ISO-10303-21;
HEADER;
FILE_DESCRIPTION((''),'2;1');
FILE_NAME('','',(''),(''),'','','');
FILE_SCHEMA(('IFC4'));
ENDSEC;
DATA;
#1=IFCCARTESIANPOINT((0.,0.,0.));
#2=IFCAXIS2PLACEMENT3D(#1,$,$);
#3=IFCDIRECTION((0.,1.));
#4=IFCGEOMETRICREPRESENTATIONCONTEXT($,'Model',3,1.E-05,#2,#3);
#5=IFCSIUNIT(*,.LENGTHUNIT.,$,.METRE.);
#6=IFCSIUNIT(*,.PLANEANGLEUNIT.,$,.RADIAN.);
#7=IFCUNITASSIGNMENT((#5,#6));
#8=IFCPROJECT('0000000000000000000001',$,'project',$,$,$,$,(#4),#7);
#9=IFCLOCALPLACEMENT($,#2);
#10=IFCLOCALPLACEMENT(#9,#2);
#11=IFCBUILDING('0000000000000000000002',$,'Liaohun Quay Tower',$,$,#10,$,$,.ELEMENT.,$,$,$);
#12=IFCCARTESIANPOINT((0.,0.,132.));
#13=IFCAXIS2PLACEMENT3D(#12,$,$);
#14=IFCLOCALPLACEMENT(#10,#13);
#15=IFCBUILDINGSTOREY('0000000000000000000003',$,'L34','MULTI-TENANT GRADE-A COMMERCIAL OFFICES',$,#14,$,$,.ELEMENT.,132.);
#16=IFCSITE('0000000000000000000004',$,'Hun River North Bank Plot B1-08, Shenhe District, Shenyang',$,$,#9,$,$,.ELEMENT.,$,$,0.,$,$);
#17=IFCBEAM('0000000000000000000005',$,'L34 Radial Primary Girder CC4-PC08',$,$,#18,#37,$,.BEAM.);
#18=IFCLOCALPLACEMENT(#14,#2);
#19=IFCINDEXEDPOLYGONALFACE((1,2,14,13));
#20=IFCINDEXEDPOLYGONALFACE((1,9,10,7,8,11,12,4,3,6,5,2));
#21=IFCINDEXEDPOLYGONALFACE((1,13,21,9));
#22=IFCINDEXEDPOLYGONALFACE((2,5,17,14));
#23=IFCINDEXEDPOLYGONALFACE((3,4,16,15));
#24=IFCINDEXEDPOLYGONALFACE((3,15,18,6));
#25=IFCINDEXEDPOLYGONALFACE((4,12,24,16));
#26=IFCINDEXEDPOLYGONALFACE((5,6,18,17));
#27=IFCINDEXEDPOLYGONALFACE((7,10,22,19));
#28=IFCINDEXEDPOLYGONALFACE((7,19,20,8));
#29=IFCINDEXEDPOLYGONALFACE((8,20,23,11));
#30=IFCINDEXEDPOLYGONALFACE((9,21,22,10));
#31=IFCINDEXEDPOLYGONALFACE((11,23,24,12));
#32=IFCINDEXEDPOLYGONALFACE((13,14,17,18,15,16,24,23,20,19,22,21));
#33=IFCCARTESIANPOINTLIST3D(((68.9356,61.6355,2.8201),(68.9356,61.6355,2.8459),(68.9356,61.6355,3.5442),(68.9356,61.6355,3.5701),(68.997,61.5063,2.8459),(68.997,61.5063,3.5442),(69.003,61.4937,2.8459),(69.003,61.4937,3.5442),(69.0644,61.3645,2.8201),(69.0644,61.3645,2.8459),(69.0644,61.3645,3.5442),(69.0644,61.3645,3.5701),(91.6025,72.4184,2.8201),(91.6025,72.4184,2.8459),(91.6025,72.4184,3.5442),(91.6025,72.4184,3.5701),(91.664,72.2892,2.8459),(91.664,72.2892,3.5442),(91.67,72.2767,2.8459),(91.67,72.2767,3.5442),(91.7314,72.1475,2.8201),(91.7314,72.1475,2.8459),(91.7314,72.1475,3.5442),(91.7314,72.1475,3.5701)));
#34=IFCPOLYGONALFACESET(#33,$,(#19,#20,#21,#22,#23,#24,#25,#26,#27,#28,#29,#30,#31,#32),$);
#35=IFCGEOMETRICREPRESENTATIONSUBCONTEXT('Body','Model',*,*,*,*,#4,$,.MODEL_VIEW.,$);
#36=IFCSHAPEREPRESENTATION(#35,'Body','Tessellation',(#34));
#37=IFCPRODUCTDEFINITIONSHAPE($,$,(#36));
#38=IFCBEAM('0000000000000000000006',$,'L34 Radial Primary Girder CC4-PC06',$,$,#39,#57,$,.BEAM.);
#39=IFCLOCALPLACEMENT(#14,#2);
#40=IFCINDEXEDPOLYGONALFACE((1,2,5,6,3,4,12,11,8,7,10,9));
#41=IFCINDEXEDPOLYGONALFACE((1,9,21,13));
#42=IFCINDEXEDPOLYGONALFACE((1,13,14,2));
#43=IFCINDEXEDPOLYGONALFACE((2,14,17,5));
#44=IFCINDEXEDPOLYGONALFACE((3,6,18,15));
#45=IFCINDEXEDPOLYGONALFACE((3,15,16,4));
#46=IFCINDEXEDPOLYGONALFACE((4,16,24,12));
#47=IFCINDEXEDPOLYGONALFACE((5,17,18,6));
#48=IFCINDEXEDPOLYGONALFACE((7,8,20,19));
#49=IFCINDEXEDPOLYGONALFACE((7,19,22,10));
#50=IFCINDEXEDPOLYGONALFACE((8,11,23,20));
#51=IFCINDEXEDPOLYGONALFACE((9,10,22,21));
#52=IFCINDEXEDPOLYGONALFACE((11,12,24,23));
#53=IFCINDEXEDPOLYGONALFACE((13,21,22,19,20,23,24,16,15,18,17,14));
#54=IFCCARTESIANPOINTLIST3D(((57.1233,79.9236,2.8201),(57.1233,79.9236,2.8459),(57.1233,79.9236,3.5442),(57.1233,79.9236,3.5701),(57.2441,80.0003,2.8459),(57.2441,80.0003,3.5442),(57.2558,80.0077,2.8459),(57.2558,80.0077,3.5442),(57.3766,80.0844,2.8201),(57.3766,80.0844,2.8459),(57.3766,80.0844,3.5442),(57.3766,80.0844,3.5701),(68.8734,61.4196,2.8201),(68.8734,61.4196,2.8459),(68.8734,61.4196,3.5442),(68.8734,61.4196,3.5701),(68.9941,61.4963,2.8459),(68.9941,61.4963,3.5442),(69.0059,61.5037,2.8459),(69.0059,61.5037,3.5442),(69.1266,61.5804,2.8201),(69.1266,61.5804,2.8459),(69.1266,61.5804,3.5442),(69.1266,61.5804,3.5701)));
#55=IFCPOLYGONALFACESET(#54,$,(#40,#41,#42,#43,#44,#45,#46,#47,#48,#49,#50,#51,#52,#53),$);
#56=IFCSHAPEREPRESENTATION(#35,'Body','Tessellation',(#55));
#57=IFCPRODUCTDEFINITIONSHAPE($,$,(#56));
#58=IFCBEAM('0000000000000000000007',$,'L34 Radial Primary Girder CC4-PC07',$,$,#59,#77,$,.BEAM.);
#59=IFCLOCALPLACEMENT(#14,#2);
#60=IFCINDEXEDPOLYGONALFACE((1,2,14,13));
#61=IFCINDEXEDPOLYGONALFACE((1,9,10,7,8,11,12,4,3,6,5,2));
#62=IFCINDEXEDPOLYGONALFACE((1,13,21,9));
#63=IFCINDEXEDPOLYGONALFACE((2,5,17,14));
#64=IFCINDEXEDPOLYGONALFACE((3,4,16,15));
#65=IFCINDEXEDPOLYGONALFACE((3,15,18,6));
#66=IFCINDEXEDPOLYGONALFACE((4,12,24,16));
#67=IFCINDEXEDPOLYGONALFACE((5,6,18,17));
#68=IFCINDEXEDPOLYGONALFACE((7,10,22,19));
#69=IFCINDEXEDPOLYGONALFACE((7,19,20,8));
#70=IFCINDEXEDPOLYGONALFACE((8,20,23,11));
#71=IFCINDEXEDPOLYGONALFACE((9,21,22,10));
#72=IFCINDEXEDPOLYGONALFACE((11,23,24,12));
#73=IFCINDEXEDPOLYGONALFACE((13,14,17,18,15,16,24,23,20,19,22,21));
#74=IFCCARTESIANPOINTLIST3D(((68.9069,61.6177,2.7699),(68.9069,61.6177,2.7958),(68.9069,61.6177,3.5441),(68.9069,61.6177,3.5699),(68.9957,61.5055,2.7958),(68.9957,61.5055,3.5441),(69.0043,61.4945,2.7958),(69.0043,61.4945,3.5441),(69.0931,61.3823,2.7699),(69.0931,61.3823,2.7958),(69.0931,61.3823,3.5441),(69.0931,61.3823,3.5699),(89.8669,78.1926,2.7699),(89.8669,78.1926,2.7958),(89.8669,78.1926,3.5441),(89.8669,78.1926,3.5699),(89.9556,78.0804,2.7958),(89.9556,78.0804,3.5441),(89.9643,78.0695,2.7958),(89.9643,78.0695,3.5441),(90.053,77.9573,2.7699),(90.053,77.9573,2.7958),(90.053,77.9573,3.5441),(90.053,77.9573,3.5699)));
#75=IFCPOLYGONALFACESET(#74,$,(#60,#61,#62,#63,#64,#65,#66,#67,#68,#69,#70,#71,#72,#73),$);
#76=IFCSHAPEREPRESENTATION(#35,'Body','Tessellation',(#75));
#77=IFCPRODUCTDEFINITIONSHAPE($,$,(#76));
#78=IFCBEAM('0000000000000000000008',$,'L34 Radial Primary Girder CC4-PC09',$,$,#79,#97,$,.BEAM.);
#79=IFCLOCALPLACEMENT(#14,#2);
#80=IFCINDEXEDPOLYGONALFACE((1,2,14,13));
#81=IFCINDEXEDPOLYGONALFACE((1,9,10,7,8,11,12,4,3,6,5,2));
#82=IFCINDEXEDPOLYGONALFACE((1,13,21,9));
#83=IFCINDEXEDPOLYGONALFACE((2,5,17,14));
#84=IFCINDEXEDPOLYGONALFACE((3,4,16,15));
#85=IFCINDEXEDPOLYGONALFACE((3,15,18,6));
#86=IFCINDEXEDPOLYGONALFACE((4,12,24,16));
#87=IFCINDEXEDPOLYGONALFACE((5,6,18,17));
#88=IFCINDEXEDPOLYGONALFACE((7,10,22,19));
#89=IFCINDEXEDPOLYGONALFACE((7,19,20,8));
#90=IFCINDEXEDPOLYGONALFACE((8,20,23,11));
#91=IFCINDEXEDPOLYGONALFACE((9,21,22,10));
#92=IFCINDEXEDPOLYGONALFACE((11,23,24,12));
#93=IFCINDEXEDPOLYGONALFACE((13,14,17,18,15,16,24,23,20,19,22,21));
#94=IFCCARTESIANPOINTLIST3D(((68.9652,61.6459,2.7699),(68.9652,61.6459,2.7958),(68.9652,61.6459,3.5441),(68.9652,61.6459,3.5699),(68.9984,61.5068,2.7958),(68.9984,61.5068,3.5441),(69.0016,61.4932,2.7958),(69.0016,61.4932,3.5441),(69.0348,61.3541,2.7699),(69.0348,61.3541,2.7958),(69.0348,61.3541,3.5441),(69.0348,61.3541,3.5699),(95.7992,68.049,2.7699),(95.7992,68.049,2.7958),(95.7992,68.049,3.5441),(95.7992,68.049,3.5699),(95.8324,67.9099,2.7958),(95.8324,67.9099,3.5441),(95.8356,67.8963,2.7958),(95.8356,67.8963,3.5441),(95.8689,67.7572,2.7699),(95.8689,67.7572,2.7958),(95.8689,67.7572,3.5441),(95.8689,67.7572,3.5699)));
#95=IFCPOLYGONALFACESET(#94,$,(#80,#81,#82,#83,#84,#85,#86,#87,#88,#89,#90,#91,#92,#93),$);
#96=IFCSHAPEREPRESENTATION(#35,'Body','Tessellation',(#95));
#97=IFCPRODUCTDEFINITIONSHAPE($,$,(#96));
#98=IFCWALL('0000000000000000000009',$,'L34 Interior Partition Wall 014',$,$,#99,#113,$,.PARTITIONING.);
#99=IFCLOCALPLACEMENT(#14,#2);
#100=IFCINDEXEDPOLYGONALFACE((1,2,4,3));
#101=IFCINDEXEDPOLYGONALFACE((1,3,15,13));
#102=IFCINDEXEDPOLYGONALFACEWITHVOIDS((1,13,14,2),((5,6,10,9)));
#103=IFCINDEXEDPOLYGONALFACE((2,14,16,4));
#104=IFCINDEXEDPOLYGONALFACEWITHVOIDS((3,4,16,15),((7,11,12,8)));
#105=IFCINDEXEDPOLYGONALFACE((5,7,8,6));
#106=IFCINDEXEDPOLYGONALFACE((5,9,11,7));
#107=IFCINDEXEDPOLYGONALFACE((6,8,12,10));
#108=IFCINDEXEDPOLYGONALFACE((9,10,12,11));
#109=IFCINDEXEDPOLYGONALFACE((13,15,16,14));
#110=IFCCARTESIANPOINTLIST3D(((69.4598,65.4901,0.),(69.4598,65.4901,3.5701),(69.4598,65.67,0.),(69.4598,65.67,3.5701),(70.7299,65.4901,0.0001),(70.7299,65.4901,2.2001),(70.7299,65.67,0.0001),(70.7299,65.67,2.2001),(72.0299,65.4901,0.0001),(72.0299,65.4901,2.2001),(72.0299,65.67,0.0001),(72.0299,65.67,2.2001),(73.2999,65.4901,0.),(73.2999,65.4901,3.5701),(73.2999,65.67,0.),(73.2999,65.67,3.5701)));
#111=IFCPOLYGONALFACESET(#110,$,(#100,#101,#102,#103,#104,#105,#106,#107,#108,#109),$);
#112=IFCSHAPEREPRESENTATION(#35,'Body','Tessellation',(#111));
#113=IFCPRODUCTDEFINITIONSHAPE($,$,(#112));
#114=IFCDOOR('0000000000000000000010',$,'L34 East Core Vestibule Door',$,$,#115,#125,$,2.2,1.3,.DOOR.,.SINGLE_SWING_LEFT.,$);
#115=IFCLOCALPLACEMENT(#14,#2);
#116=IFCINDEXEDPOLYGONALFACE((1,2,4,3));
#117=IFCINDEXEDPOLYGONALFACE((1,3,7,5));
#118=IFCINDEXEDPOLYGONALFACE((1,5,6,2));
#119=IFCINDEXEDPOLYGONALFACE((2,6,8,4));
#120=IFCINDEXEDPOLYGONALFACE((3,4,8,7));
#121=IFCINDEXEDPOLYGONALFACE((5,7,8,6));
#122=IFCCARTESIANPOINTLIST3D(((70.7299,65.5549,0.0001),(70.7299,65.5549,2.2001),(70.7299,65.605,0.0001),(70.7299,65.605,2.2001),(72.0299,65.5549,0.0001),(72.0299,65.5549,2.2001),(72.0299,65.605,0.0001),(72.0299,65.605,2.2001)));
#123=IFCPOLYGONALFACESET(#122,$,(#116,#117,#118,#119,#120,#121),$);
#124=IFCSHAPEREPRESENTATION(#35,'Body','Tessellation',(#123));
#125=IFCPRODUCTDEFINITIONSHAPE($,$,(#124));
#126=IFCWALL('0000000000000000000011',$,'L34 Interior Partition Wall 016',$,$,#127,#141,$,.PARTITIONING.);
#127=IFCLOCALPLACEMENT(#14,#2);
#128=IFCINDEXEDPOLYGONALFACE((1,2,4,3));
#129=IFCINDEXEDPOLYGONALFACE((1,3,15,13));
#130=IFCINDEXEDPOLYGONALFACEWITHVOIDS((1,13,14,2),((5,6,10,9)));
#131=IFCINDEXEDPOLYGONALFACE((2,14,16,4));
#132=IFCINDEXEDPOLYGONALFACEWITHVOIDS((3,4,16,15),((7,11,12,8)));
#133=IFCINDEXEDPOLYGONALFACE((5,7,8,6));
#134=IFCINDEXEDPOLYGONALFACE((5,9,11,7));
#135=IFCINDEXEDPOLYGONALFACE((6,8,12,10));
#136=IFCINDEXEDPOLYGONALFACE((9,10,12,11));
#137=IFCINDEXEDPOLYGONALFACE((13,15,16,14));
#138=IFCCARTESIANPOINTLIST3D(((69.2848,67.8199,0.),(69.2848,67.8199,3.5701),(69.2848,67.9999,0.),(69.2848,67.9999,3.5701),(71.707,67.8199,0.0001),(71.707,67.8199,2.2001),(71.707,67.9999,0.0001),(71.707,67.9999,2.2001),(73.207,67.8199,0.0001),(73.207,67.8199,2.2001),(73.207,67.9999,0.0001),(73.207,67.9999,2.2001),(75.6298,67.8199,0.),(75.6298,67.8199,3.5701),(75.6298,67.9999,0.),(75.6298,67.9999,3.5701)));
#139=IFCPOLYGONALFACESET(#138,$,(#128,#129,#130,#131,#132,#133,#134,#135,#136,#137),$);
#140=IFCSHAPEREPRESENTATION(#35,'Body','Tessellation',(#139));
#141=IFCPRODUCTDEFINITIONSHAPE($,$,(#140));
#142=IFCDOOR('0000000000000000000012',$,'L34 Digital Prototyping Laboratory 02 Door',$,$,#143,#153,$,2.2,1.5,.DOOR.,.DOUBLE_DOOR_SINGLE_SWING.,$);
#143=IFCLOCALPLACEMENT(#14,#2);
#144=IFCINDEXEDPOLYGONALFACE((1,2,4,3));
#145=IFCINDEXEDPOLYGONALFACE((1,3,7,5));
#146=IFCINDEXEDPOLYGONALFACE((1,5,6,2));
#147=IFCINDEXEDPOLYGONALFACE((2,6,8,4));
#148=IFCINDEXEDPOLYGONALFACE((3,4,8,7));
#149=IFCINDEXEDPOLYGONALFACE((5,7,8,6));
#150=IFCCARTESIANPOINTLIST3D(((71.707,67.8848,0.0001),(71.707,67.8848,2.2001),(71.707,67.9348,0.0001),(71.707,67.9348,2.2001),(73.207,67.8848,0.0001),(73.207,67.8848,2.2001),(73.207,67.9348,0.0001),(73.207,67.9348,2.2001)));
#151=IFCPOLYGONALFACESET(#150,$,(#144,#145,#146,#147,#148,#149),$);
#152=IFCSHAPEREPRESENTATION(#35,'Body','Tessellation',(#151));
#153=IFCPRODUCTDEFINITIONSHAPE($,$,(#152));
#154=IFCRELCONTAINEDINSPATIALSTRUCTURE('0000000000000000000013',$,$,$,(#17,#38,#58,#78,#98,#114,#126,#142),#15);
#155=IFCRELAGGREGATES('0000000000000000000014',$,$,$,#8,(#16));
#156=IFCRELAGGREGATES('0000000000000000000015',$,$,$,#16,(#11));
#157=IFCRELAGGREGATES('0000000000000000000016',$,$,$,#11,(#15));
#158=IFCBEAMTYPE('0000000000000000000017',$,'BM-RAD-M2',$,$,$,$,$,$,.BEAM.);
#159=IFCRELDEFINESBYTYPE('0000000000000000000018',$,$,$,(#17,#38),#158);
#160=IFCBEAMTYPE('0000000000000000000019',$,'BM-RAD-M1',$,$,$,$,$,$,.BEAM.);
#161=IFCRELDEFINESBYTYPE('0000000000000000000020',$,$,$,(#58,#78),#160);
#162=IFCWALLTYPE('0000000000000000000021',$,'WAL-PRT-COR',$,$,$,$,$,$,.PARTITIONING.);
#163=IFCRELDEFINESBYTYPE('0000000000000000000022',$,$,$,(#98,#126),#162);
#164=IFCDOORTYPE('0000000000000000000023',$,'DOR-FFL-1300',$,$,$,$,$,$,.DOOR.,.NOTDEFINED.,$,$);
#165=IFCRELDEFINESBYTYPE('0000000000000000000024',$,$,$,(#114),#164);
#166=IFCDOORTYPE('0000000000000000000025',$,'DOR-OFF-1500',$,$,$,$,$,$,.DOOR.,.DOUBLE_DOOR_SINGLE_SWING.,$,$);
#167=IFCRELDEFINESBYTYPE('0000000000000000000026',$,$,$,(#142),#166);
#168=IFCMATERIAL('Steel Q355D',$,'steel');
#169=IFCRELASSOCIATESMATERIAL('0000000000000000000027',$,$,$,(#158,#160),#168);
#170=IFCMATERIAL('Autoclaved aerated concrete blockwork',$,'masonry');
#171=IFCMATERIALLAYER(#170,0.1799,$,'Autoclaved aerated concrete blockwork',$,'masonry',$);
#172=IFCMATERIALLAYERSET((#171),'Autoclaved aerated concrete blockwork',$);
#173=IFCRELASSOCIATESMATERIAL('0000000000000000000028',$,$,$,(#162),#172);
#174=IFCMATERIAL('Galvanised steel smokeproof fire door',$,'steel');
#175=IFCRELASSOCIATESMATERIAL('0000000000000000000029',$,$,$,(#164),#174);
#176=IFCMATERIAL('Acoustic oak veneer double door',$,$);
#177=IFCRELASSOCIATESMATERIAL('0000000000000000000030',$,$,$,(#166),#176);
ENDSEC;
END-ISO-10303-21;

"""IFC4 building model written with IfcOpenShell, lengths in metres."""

from ifc_helpers import new_model, si_unit, direction, frame, frame_2d, origin, origin_2d, place, context, subcontext, project, spatial, rectangle, i_section, extrude, source, transform, mapped, material, layer, layer_set, material_profile, profile_set, type_object, element, fill, save


model = new_model("IFC4")

# Units and contexts
model_context = context("Model", 3, precision=1e-05, world=origin(), true_north=direction((0.0, 1.0)))
body_context = subcontext(model_context, "Body", "Model", "MODEL_VIEW")
ifc_project = project(units=[si_unit("LENGTHUNIT", "METRE"), si_unit("PLANEANGLEUNIT", "RADIAN")], contexts=[model_context])

# Site, building, storey
site_placement = place(None, origin())
site = spatial("IfcSite", under=ifc_project, at=site_placement, Name="Hun River North Bank Plot B1-08, Shenhe District, Shenyang", CompositionType="ELEMENT", RefElevation=0.0)
building_placement = place(site_placement, origin())
building = spatial("IfcBuilding", under=site, at=building_placement, Name="Liaohun Quay Tower", CompositionType="ELEMENT")
storey_placement = place(building_placement, frame((0.0, 0.0, 132.0)))
storey = spatial("IfcBuildingStorey", under=building, at=storey_placement, Name="L34", Description="MULTI-TENANT GRADE-A COMMERCIAL OFFICES", CompositionType="ELEMENT", Elevation=132.0)

# Beams
ifc_material_1 = material(Name="Steel Q355D", Category="steel")
ifc_material_profile_1 = material_profile(ifc_material_1, i_section(OverallWidth=0.3, OverallDepth=0.75, WebThickness=0.0139, FlangeThickness=0.0259, at=origin_2d()), Name="HN750x300x14x26")
ifc_profile_set_1 = profile_set([ifc_material_profile_1], Name="Steel Q355D")
beam_type_1 = type_object("IfcBeamType", Name="BM-RAD-M2", PredefinedType="BEAM", material=ifc_profile_set_1)
shared_shape_1 = source(origin(), body_context, "Body", "SweptSolid", [
    extrude(i_section(OverallWidth=0.3, OverallDepth=0.75, WebThickness=0.0139, FlangeThickness=0.0259, at=origin_2d()), origin(), (0.0, 0.0, 1.0), 25.1011),
])
beam_1_placement = place(storey_placement, frame((69.0, 61.5, 3.1951), z_axis=(0.903028, 0.429581, 0.0), x_axis=(-0.429581, 0.903028, 0.0)))
element("IfcBeam", 1, at=beam_1_placement, inside=storey, type_object=beam_type_1, Name="L34 Radial Primary Girder CC4-PC08", PredefinedType="BEAM", context=body_context, shape_type="MappedRepresentation", body=[
    mapped(shared_shape_1, transform((0.0, 0.0, 0.0), x_axis=(1.0, 0.0, 0.0), y_axis=(0.0, 1.0, 0.0), z_axis=(0.0, 0.0, 1.0), scale=1.0)),
])
shared_shape_2 = source(origin(), body_context, "Body", "SweptSolid", [
    extrude(i_section(OverallWidth=0.3, OverallDepth=0.75, WebThickness=0.0139, FlangeThickness=0.0259, at=origin_2d()), origin(), (0.0, 0.0, 1.0), 21.9194),
])
beam_2_placement = place(storey_placement, frame((69.0, 61.5, 3.1951), z_axis=(-0.536057, 0.844182, 0.0), x_axis=(-0.844182, -0.536057, 0.0)))
element("IfcBeam", 2, at=beam_2_placement, inside=storey, type_object=beam_type_1, Name="L34 Radial Primary Girder CC4-PC06", PredefinedType="BEAM", context=body_context, shape_type="MappedRepresentation", body=[
    mapped(shared_shape_2, transform((0.0, 0.0, 0.0), x_axis=(1.0, 0.0, 0.0), y_axis=(0.0, 1.0, 0.0), z_axis=(0.0, 0.0, 1.0), scale=1.0)),
])
ifc_material_profile_2 = material_profile(ifc_material_1, i_section(OverallWidth=0.3, OverallDepth=0.8, WebThickness=0.0139, FlangeThickness=0.0259, at=origin_2d()), Name="HN800x300x14x26")
ifc_profile_set_2 = profile_set([ifc_material_profile_2], Name="Steel Q355D")
beam_type_2 = type_object("IfcBeamType", Name="BM-RAD-M1", PredefinedType="BEAM", material=ifc_profile_set_2)
shared_shape_3 = source(origin(), body_context, "Body", "SweptSolid", [
    extrude(i_section(OverallWidth=0.3, OverallDepth=0.8, WebThickness=0.0139, FlangeThickness=0.0259, at=origin_2d()), origin(), (0.0, 0.0, 1.0), 26.7217),
])
beam_3_placement = place(storey_placement, frame((69.0, 61.5, 3.1699), z_axis=(0.78438, 0.620281, 0.0), x_axis=(-0.620281, 0.78438, 0.0)))
element("IfcBeam", 3, at=beam_3_placement, inside=storey, type_object=beam_type_2, Name="L34 Radial Primary Girder CC4-PC07", PredefinedType="BEAM", context=body_context, shape_type="MappedRepresentation", body=[
    mapped(shared_shape_3, transform((0.0, 0.0, 0.0), x_axis=(1.0, 0.0, 0.0), y_axis=(0.0, 1.0, 0.0), z_axis=(0.0, 0.0, 1.0), scale=1.0)),
])
shared_shape_4 = source(origin(), body_context, "Body", "SweptSolid", [
    extrude(i_section(OverallWidth=0.3, OverallDepth=0.8, WebThickness=0.0139, FlangeThickness=0.0259, at=origin_2d()), origin(), (0.0, 0.0, 1.0), 27.5874),
])
beam_4_placement = place(storey_placement, frame((69.0, 61.5, 3.1699), z_axis=(0.972691, 0.232102, 0.0), x_axis=(-0.232102, 0.972691, 0.0)))
element("IfcBeam", 4, at=beam_4_placement, inside=storey, type_object=beam_type_2, Name="L34 Radial Primary Girder CC4-PC09", PredefinedType="BEAM", context=body_context, shape_type="MappedRepresentation", body=[
    mapped(shared_shape_4, transform((0.0, 0.0, 0.0), x_axis=(1.0, 0.0, 0.0), y_axis=(0.0, 1.0, 0.0), z_axis=(0.0, 0.0, 1.0), scale=1.0)),
])

# Walls, openings, doors
ifc_material_2 = material(Name="Autoclaved aerated concrete blockwork", Category="masonry")
ifc_layer_1 = layer(ifc_material_2, 0.1799, Name="Autoclaved aerated concrete blockwork", Category="masonry")
ifc_layer_set_1 = layer_set([ifc_layer_1], Name="Autoclaved aerated concrete blockwork")
wall_type_1 = type_object("IfcWallType", Name="WAL-PRT-COR", PredefinedType="PARTITIONING", material=ifc_layer_set_1)
wall_1_placement = place(storey_placement, frame((69.46, 65.5801, 0.0), z_axis=(0.0, 0.0, 1.0), x_axis=(1.0, 0.0, 0.0)))
wall_1 = element("IfcWall", 5, at=wall_1_placement, inside=storey, type_object=wall_type_1, Name="L34 Interior Partition Wall 014", PredefinedType="PARTITIONING", context=body_context, shape_type="SweptSolid", body=[
    extrude(rectangle(XDim=3.8401, YDim=0.1799, at=frame_2d((1.9199, 0.0))), origin(), (0.0, 0.0, 1.0), 3.5701),
])
shared_shape_5 = source(origin(), body_context, "Body", "SweptSolid", [
    extrude(rectangle(XDim=1.3, YDim=2.2, at=frame_2d((0.6499, 1.1001))), frame((0.0, 0.0999, 0.0), z_axis=(0.0, -1.0, 0.0), x_axis=(1.0, 0.0, 0.0)), (0.0, 0.0, 1.0), 0.2),
])
opening_1_placement = place(wall_1_placement, frame((1.27, 0.0, 0.0)))
opening_1 = element("IfcOpeningElement", 6, at=opening_1_placement, cuts=wall_1, PredefinedType="OPENING", context=body_context, shape_type="MappedRepresentation", body=[
    mapped(shared_shape_5, transform((0.0, 0.0, 0.0), x_axis=(1.0, 0.0, 0.0), y_axis=(0.0, 1.0, 0.0), z_axis=(0.0, 0.0, 1.0), scale=1.0)),
])
ifc_material_3 = material(Name="Galvanised steel smokeproof fire door", Category="steel")
door_type_1 = type_object("IfcDoorType", Name="DOR-FFL-1300", OperationType="NOTDEFINED", PredefinedType="DOOR", material=ifc_material_3)
shared_shape_6 = source(origin(), body_context, "Body", "SweptSolid", [
    extrude(rectangle(XDim=1.3, YDim=2.2, at=frame_2d((0.6499, 1.1001))), frame((0.0, 0.0249, 0.0), z_axis=(0.0, -1.0, 0.0), x_axis=(1.0, 0.0, 0.0)), (0.0, 0.0, 1.0), 0.05),
])
door_1_placement = place(opening_1_placement, origin())
door_1 = element("IfcDoor", 7, at=door_1_placement, inside=storey, type_object=door_type_1, Name="L34 East Core Vestibule Door", OperationType="SINGLE_SWING_LEFT", OverallHeight=2.2, OverallWidth=1.3, PredefinedType="DOOR", context=body_context, shape_type="MappedRepresentation", body=[
    mapped(shared_shape_6, transform((0.0, 0.0, 0.0), x_axis=(1.0, 0.0, 0.0), y_axis=(0.0, 1.0, 0.0), z_axis=(0.0, 0.0, 1.0), scale=1.0)),
])
fill(opening_1, door_1)
wall_2_placement = place(storey_placement, frame((69.2849, 67.9099, 0.0), z_axis=(0.0, 0.0, 1.0), x_axis=(1.0, 0.0, 0.0)))
wall_2 = element("IfcWall", 8, at=wall_2_placement, inside=storey, type_object=wall_type_1, Name="L34 Interior Partition Wall 016", PredefinedType="PARTITIONING", context=body_context, shape_type="SweptSolid", body=[
    extrude(rectangle(XDim=6.345, YDim=0.1799, at=frame_2d((3.1724, 0.0))), origin(), (0.0, 0.0, 1.0), 3.5701),
])
shared_shape_7 = source(origin(), body_context, "Body", "SweptSolid", [
    extrude(rectangle(XDim=1.5, YDim=2.2, at=frame_2d((0.75, 1.1001))), frame((0.0, 0.0999, 0.0), z_axis=(0.0, -1.0, 0.0), x_axis=(1.0, 0.0, 0.0)), (0.0, 0.0, 1.0), 0.2),
])
opening_2_placement = place(wall_2_placement, frame((2.4221, 0.0, 0.0)))
opening_2 = element("IfcOpeningElement", 9, at=opening_2_placement, cuts=wall_2, PredefinedType="OPENING", context=body_context, shape_type="MappedRepresentation", body=[
    mapped(shared_shape_7, transform((0.0, 0.0, 0.0), x_axis=(1.0, 0.0, 0.0), y_axis=(0.0, 1.0, 0.0), z_axis=(0.0, 0.0, 1.0), scale=1.0)),
])
ifc_material_4 = material(Name="Acoustic oak veneer double door")
door_type_2 = type_object("IfcDoorType", Name="DOR-OFF-1500", OperationType="DOUBLE_DOOR_SINGLE_SWING", PredefinedType="DOOR", material=ifc_material_4)
shared_shape_8 = source(origin(), body_context, "Body", "SweptSolid", [
    extrude(rectangle(XDim=1.5, YDim=2.2, at=frame_2d((0.75, 1.1001))), frame((0.0, 0.0249, 0.0), z_axis=(0.0, -1.0, 0.0), x_axis=(1.0, 0.0, 0.0)), (0.0, 0.0, 1.0), 0.05),
])
door_2_placement = place(opening_2_placement, origin())
door_2 = element("IfcDoor", 10, at=door_2_placement, inside=storey, type_object=door_type_2, Name="L34 Digital Prototyping Laboratory 02 Door", OperationType="DOUBLE_DOOR_SINGLE_SWING", OverallHeight=2.2, OverallWidth=1.5, PredefinedType="DOOR", context=body_context, shape_type="MappedRepresentation", body=[
    mapped(shared_shape_8, transform((0.0, 0.0, 0.0), x_axis=(1.0, 0.0, 0.0), y_axis=(0.0, 1.0, 0.0), z_axis=(0.0, 0.0, 1.0), scale=1.0)),
])
fill(opening_2, door_2)

save(model, "model.ifc")
